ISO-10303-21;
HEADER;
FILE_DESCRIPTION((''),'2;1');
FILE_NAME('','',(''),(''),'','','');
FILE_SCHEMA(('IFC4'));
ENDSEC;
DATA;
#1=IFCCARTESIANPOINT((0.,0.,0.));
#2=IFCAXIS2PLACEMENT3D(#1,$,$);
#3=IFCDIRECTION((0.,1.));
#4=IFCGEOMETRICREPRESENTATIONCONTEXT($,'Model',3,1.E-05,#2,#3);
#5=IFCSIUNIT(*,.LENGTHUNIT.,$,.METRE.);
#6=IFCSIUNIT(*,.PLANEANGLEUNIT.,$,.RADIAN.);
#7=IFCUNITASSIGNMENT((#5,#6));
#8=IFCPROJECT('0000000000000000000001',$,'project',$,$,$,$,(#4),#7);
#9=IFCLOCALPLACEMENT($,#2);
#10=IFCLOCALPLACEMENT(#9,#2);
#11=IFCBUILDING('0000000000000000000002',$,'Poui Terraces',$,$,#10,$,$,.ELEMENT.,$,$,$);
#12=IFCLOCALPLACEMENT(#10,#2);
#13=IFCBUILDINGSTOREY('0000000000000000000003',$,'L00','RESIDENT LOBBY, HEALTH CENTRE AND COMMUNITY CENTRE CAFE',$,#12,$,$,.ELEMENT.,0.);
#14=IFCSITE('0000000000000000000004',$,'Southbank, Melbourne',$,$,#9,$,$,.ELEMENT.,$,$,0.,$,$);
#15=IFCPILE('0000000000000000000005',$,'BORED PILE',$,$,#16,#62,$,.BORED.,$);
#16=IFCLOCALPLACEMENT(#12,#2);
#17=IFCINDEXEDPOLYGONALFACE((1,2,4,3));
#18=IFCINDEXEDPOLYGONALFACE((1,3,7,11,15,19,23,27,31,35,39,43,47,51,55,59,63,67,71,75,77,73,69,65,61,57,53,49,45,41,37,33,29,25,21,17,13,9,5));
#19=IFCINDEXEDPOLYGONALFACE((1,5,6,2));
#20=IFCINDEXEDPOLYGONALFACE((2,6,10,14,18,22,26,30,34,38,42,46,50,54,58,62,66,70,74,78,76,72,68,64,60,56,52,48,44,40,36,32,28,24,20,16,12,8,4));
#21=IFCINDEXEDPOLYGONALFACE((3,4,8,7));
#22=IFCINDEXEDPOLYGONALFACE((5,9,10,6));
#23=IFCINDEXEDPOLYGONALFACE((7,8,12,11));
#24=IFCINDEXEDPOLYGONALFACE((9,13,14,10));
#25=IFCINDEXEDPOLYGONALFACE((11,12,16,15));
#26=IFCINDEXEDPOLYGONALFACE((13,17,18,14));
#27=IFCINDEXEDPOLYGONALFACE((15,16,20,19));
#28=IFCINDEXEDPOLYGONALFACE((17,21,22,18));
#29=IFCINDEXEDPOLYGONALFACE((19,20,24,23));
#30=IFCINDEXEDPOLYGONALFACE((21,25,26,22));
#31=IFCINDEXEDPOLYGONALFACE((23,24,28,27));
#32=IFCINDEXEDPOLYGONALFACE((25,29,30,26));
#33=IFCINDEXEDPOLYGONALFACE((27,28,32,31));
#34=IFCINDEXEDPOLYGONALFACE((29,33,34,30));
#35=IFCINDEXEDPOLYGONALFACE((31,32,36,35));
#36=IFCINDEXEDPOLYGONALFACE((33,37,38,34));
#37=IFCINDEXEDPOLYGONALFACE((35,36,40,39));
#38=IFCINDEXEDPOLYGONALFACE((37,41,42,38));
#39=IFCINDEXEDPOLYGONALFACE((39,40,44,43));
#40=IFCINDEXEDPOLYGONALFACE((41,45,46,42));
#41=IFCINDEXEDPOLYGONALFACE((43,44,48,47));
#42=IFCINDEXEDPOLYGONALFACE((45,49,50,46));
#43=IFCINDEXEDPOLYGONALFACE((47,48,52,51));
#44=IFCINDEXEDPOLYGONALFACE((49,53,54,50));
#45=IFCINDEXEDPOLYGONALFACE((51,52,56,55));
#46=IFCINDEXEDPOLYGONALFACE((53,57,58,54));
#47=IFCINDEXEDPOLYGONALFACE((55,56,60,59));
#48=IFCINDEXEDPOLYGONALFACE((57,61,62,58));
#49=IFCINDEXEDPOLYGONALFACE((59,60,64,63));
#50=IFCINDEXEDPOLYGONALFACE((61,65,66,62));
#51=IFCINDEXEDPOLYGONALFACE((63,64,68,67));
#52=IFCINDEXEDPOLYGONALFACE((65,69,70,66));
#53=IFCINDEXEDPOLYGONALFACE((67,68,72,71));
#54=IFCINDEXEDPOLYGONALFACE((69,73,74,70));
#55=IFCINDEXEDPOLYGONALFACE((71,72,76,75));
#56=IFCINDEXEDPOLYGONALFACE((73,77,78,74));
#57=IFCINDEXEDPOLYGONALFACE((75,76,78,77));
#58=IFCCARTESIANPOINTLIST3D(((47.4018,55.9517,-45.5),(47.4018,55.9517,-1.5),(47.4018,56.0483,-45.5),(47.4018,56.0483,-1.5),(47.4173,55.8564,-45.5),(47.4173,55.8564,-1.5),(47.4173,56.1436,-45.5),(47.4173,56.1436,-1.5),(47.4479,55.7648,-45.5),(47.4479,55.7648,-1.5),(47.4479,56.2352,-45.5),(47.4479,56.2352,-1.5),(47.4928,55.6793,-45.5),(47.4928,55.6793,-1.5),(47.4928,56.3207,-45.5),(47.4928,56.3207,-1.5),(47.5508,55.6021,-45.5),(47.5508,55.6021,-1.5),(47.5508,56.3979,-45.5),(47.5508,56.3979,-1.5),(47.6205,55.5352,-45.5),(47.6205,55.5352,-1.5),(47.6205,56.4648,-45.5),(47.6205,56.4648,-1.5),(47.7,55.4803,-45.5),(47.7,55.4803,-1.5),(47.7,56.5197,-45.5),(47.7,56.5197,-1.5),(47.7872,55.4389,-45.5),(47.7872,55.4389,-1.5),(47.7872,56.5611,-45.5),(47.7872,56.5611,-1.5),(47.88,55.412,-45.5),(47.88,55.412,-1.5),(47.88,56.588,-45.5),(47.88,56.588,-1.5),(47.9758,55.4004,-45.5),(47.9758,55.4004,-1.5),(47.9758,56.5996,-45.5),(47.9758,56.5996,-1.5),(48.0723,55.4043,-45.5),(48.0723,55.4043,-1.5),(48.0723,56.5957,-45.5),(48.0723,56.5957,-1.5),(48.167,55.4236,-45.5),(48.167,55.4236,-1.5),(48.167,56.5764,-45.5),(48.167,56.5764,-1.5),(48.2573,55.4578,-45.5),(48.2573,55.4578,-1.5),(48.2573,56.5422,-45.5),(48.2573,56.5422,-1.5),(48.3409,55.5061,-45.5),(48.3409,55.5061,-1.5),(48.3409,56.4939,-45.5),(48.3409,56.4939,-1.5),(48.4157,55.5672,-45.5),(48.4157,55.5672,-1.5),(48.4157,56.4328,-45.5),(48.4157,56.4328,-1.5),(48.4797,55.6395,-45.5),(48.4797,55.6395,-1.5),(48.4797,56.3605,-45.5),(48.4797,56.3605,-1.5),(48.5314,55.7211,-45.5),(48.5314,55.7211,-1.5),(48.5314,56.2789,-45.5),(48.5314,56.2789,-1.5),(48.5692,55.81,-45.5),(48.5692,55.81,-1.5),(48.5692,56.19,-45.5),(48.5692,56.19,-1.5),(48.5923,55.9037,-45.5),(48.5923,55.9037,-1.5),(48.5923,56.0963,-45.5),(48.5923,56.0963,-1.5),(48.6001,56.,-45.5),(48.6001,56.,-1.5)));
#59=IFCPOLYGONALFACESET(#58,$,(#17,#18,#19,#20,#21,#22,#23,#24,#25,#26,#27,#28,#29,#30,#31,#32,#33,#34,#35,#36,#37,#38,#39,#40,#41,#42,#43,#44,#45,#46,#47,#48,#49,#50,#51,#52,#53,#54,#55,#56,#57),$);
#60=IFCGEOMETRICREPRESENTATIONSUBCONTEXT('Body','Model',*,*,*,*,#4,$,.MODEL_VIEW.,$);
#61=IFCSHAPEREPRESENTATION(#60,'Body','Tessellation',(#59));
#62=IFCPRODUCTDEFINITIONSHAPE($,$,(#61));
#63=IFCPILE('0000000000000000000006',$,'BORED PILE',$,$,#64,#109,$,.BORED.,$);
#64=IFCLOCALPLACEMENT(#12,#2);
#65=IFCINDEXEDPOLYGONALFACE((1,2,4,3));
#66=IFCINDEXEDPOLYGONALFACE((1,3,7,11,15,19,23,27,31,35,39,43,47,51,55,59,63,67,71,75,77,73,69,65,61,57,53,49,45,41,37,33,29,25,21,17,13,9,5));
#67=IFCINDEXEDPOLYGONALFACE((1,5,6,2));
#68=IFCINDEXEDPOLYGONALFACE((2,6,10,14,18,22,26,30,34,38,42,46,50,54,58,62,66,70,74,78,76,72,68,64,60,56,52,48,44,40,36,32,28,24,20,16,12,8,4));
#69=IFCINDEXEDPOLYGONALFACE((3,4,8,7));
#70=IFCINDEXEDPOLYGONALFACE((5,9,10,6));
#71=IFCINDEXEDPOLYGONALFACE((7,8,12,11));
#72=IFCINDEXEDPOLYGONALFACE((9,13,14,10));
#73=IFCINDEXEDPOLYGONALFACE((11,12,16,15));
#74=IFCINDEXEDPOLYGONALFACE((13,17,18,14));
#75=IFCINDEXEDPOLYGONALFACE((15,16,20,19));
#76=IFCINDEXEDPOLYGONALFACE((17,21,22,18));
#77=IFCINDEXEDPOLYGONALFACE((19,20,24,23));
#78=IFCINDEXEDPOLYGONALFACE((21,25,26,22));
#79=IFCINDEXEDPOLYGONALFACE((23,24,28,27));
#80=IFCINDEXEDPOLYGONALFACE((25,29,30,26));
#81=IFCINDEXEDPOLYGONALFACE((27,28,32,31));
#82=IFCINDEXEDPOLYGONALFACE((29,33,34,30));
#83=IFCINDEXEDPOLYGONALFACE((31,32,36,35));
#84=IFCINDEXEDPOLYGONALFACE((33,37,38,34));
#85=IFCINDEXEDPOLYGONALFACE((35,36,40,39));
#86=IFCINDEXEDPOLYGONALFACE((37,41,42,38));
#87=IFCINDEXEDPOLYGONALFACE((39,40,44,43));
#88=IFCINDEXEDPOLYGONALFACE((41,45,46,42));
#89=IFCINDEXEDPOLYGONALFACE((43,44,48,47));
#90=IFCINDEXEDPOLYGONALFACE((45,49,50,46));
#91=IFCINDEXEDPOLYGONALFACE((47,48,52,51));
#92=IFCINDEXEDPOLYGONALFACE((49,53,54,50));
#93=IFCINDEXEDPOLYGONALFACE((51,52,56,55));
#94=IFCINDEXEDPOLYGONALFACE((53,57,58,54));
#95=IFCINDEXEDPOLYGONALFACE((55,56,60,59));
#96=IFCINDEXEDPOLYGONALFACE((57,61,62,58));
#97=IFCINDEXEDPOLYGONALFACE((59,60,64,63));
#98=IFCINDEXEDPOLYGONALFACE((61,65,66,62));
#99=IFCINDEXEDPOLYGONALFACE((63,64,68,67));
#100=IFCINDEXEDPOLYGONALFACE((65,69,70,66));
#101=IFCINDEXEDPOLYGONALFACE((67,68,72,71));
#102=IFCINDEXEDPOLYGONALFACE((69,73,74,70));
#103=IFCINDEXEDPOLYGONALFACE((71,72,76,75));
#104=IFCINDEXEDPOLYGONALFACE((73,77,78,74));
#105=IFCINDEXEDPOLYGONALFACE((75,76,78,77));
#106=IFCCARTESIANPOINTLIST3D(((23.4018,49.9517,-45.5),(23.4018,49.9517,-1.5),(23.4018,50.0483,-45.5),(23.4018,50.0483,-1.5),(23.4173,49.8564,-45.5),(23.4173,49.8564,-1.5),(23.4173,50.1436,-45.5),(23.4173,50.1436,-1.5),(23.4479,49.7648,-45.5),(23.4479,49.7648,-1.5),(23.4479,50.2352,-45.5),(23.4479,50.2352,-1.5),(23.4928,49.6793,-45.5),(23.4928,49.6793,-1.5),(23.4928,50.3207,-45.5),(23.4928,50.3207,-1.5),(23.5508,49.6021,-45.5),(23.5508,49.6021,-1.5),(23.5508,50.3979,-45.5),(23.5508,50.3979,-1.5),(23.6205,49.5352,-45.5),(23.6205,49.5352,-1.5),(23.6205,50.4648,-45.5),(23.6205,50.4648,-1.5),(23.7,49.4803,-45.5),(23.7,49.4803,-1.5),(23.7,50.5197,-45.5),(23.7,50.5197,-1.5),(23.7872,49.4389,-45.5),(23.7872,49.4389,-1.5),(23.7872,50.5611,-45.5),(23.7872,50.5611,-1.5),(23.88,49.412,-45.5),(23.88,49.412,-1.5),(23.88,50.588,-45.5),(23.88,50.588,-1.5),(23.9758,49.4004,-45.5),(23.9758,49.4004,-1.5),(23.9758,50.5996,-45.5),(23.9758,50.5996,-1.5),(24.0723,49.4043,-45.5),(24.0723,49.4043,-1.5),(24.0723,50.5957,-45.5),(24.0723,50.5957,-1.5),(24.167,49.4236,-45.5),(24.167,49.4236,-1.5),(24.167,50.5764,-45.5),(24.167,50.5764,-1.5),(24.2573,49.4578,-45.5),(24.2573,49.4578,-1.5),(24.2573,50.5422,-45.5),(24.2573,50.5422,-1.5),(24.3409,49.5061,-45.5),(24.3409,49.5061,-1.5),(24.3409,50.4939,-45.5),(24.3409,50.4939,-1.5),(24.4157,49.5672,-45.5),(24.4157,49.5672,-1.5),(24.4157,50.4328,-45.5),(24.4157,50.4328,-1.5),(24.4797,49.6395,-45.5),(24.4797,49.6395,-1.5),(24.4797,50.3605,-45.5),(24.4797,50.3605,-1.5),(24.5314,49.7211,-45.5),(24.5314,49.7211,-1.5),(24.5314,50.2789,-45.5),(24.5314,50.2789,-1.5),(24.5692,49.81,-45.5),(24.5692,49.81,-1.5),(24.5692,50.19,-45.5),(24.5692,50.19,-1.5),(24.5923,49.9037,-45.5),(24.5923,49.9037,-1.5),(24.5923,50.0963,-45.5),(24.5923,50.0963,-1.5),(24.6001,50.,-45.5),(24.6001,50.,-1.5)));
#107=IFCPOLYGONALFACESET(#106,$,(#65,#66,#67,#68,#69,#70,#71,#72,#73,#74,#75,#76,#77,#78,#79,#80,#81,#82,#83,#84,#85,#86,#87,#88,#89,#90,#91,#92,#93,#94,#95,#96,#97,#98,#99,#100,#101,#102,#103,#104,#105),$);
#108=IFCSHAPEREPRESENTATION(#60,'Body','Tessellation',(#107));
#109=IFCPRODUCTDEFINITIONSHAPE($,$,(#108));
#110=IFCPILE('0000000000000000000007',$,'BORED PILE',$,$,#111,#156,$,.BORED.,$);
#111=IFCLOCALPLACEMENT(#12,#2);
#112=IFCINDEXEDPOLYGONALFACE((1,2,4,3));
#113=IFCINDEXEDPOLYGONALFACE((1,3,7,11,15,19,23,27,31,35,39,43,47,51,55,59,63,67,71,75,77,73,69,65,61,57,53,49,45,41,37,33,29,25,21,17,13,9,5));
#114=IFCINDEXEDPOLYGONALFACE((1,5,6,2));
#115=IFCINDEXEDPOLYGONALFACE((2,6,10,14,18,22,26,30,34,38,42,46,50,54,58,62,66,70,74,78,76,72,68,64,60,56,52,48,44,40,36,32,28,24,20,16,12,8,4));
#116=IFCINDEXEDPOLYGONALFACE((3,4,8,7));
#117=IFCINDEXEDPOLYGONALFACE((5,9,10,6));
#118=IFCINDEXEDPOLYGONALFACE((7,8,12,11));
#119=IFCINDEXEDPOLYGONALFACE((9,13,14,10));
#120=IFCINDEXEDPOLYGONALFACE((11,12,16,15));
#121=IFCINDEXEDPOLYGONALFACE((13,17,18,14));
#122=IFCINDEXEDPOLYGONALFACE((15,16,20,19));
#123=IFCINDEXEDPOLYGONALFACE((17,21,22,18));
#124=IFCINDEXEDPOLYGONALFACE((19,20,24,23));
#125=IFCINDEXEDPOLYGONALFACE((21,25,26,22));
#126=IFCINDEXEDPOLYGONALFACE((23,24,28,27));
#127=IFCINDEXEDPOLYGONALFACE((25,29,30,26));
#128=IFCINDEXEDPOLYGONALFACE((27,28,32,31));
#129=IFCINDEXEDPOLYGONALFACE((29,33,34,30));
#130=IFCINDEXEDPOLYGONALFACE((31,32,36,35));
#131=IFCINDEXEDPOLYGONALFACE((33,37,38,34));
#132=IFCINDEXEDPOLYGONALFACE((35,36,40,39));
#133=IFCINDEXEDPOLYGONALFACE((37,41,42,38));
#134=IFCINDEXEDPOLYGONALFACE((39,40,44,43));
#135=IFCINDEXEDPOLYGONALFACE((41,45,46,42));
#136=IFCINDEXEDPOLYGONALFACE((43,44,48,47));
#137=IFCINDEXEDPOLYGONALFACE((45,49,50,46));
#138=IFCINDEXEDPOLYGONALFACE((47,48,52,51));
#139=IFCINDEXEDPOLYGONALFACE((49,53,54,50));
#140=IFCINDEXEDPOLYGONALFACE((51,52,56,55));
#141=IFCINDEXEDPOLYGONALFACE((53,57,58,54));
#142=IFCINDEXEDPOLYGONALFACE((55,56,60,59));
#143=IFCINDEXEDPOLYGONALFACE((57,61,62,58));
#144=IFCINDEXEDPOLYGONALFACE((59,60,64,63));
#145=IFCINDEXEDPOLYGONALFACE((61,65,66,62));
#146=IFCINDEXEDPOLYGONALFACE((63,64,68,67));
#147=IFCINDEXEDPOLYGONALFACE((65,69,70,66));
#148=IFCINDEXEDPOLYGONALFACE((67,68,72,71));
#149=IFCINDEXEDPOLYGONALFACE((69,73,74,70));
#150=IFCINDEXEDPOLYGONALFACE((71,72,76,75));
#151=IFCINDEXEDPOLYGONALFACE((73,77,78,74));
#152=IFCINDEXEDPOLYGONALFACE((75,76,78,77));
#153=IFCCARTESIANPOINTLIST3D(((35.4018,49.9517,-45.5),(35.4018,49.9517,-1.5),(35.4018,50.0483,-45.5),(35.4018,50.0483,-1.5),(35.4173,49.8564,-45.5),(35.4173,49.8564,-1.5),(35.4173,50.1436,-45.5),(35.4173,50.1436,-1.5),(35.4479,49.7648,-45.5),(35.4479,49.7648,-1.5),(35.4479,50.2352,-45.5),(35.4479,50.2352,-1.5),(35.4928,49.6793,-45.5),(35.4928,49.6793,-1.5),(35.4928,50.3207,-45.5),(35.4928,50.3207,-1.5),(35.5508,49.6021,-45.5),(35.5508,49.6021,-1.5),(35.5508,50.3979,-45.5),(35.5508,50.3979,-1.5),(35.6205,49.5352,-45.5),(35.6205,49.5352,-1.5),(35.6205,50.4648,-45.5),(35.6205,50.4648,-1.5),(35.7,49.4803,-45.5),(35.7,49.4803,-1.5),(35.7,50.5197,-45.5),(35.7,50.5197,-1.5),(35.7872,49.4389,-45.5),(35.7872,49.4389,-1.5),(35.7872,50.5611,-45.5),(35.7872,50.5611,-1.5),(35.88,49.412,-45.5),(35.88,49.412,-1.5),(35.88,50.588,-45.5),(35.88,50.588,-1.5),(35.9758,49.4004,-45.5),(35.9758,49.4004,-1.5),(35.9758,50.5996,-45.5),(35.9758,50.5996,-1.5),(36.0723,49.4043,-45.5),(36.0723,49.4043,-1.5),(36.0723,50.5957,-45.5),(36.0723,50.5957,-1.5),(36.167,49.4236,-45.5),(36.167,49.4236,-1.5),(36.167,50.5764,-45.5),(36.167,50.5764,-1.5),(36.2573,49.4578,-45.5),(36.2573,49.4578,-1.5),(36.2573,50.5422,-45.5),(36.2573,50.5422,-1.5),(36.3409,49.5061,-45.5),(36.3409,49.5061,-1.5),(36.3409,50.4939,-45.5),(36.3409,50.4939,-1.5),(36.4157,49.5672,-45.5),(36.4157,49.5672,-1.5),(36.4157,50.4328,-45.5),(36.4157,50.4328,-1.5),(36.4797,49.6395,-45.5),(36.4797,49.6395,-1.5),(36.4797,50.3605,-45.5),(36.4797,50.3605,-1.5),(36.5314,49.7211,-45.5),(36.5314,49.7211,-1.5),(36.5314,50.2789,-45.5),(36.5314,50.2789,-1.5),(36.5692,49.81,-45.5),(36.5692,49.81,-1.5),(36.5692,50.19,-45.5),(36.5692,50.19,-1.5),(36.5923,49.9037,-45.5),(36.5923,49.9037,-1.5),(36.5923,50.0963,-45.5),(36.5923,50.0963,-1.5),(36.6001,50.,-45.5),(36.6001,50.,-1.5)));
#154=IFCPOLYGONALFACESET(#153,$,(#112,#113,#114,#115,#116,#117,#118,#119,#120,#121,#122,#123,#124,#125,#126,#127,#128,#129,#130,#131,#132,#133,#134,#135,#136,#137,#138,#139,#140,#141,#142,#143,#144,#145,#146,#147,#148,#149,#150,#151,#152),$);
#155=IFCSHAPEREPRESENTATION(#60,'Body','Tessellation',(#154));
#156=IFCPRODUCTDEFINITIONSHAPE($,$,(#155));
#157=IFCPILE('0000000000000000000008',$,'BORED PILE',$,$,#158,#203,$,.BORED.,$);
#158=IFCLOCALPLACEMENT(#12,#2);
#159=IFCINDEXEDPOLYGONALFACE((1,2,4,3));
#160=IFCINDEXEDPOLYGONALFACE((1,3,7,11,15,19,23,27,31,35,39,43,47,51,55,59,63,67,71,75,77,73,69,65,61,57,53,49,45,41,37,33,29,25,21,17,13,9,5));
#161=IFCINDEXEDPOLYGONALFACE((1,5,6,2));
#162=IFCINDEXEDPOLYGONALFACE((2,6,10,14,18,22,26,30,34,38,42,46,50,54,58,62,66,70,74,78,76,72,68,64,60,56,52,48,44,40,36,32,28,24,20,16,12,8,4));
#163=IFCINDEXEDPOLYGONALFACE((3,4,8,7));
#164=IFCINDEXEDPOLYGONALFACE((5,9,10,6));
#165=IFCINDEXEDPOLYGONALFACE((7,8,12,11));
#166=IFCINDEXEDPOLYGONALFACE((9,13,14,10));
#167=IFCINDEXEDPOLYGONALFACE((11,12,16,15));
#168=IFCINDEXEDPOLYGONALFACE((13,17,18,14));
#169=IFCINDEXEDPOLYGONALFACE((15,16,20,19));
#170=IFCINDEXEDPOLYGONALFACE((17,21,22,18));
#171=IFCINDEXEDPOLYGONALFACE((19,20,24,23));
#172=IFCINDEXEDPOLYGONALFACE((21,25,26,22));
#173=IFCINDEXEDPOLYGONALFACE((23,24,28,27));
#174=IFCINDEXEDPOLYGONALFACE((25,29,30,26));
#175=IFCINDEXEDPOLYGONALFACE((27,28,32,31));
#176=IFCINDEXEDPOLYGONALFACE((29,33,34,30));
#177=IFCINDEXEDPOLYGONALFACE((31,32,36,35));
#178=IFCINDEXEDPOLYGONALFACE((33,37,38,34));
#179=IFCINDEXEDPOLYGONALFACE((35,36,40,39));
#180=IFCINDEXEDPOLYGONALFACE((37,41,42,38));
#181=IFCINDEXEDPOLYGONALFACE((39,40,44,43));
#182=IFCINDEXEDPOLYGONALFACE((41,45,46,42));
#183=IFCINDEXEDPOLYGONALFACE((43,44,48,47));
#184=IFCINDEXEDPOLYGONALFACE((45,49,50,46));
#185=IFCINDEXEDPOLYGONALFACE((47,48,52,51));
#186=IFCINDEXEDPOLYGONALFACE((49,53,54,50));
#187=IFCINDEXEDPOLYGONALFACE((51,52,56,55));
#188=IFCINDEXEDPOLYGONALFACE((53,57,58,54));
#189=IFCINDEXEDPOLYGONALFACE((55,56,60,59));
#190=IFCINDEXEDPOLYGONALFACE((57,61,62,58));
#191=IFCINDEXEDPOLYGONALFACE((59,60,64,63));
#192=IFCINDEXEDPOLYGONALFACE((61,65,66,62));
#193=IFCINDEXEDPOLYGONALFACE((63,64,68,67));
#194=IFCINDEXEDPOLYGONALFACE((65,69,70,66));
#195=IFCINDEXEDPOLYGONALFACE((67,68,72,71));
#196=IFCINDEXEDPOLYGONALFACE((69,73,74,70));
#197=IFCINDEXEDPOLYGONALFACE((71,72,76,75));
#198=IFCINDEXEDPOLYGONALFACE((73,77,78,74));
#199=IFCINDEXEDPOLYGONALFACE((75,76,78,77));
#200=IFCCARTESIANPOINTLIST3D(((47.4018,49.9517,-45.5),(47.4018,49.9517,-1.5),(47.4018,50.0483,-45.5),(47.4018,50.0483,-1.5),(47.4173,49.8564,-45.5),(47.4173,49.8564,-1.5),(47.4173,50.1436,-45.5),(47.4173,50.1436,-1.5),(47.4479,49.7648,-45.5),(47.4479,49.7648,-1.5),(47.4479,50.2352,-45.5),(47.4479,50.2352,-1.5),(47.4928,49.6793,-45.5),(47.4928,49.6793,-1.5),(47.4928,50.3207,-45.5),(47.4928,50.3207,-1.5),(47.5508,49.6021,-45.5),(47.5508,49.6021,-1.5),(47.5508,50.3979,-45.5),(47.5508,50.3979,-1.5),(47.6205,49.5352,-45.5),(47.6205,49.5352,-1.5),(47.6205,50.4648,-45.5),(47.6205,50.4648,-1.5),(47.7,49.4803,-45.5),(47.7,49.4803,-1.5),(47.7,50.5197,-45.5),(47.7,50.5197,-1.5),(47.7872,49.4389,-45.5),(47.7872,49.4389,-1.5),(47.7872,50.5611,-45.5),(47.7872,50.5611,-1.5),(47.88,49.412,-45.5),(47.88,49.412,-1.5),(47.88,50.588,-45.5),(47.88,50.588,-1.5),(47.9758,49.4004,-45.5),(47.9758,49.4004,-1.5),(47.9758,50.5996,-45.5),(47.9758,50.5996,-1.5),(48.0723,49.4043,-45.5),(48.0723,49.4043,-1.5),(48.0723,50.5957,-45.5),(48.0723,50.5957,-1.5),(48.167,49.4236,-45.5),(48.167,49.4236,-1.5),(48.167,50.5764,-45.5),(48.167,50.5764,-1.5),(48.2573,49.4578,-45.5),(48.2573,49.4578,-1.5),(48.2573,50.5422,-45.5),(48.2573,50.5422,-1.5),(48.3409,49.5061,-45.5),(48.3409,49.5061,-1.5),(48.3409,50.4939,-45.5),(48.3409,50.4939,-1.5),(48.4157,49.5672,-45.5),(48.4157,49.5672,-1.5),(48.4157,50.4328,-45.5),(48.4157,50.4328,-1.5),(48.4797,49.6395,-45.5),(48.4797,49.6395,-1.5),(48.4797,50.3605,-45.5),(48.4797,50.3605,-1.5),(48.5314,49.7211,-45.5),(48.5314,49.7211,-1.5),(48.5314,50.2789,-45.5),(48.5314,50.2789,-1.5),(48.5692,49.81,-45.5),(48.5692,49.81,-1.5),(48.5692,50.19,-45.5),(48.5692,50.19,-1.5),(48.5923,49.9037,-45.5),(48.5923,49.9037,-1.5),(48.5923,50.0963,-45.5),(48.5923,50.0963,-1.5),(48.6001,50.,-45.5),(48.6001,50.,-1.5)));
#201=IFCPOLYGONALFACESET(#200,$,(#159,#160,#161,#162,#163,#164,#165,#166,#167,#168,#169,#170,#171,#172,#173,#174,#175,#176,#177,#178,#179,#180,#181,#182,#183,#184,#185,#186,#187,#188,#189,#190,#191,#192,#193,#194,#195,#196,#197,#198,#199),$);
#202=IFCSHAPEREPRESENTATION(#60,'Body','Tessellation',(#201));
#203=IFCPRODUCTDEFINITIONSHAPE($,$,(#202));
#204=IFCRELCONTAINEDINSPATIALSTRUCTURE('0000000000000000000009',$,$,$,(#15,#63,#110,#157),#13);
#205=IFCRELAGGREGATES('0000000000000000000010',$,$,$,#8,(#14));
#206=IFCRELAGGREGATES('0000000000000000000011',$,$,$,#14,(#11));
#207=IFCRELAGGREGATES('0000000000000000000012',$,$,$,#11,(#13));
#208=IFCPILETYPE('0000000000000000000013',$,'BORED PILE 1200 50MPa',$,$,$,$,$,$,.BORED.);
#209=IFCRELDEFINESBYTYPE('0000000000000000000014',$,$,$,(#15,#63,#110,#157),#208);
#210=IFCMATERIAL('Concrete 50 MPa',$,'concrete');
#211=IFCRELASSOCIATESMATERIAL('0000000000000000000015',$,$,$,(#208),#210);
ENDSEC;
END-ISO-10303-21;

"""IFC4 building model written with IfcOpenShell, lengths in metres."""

from ifc_helpers import new_model, si_unit, direction, frame, origin, origin_2d, place, context, subcontext, project, spatial, circle, extrude, material, material_profile, profile_set, type_object, element, save


model = new_model("IFC4")

# Units and contexts
model_context = context("Model", 3, precision=1e-05, world=origin(), true_north=direction((0.0, 1.0)))
body_context = subcontext(model_context, "Body", "Model", "MODEL_VIEW")
ifc_project = project(units=[si_unit("LENGTHUNIT", "METRE"), si_unit("PLANEANGLEUNIT", "RADIAN")], contexts=[model_context])

# Site, building, storey
site_placement = place(None, origin())
site = spatial("IfcSite", under=ifc_project, at=site_placement, Name="Southbank, Melbourne", CompositionType="ELEMENT", RefElevation=0.0)
building_placement = place(site_placement, origin())
building = spatial("IfcBuilding", under=site, at=building_placement, Name="Poui Terraces", CompositionType="ELEMENT")
storey_placement = place(building_placement, origin())
storey = spatial("IfcBuildingStorey", under=building, at=storey_placement, Name="L00", Description="RESIDENT LOBBY, HEALTH CENTRE AND COMMUNITY CENTRE CAFE", CompositionType="ELEMENT", Elevation=0.0)

# Piles
ifc_material_1 = material(Name="Concrete 50 MPa", Category="concrete")
ifc_material_profile_1 = material_profile(ifc_material_1, circle(Radius=0.6001, at=origin_2d()), Name="RC D1200")
ifc_profile_set_1 = profile_set([ifc_material_profile_1], Name="Concrete 50 MPa")
pile_type = type_object("IfcPileType", Name="BORED PILE 1200 50MPa", PredefinedType="BORED", material=ifc_profile_set_1)
for number, where, z_axis, x_axis, name in (
    (1, (48.0, 56.0, -1.5), (0.0, 0.0, -1.0), (1.0, 0.0, 0.0), "BORED PILE"),
    (2, (24.0, 50.0, -1.5), (0.0, 0.0, -1.0), (1.0, 0.0, 0.0), "BORED PILE"),
    (3, (36.0, 50.0, -1.5), (0.0, 0.0, -1.0), (1.0, 0.0, 0.0), "BORED PILE"),
    (4, (48.0, 50.0, -1.5), (0.0, 0.0, -1.0), (1.0, 0.0, 0.0), "BORED PILE"),
):
    element("IfcPile", number, at=place(storey_placement, frame(where, z_axis=z_axis, x_axis=x_axis)), inside=storey, type_object=pile_type, Name=name, PredefinedType="BORED", context=body_context, shape_type="SweptSolid", body=[
        extrude(circle(Radius=0.6001, at=origin_2d()), origin(), (0.0, 0.0, 1.0), 44.0),
    ])

save(model, "model.ifc")
